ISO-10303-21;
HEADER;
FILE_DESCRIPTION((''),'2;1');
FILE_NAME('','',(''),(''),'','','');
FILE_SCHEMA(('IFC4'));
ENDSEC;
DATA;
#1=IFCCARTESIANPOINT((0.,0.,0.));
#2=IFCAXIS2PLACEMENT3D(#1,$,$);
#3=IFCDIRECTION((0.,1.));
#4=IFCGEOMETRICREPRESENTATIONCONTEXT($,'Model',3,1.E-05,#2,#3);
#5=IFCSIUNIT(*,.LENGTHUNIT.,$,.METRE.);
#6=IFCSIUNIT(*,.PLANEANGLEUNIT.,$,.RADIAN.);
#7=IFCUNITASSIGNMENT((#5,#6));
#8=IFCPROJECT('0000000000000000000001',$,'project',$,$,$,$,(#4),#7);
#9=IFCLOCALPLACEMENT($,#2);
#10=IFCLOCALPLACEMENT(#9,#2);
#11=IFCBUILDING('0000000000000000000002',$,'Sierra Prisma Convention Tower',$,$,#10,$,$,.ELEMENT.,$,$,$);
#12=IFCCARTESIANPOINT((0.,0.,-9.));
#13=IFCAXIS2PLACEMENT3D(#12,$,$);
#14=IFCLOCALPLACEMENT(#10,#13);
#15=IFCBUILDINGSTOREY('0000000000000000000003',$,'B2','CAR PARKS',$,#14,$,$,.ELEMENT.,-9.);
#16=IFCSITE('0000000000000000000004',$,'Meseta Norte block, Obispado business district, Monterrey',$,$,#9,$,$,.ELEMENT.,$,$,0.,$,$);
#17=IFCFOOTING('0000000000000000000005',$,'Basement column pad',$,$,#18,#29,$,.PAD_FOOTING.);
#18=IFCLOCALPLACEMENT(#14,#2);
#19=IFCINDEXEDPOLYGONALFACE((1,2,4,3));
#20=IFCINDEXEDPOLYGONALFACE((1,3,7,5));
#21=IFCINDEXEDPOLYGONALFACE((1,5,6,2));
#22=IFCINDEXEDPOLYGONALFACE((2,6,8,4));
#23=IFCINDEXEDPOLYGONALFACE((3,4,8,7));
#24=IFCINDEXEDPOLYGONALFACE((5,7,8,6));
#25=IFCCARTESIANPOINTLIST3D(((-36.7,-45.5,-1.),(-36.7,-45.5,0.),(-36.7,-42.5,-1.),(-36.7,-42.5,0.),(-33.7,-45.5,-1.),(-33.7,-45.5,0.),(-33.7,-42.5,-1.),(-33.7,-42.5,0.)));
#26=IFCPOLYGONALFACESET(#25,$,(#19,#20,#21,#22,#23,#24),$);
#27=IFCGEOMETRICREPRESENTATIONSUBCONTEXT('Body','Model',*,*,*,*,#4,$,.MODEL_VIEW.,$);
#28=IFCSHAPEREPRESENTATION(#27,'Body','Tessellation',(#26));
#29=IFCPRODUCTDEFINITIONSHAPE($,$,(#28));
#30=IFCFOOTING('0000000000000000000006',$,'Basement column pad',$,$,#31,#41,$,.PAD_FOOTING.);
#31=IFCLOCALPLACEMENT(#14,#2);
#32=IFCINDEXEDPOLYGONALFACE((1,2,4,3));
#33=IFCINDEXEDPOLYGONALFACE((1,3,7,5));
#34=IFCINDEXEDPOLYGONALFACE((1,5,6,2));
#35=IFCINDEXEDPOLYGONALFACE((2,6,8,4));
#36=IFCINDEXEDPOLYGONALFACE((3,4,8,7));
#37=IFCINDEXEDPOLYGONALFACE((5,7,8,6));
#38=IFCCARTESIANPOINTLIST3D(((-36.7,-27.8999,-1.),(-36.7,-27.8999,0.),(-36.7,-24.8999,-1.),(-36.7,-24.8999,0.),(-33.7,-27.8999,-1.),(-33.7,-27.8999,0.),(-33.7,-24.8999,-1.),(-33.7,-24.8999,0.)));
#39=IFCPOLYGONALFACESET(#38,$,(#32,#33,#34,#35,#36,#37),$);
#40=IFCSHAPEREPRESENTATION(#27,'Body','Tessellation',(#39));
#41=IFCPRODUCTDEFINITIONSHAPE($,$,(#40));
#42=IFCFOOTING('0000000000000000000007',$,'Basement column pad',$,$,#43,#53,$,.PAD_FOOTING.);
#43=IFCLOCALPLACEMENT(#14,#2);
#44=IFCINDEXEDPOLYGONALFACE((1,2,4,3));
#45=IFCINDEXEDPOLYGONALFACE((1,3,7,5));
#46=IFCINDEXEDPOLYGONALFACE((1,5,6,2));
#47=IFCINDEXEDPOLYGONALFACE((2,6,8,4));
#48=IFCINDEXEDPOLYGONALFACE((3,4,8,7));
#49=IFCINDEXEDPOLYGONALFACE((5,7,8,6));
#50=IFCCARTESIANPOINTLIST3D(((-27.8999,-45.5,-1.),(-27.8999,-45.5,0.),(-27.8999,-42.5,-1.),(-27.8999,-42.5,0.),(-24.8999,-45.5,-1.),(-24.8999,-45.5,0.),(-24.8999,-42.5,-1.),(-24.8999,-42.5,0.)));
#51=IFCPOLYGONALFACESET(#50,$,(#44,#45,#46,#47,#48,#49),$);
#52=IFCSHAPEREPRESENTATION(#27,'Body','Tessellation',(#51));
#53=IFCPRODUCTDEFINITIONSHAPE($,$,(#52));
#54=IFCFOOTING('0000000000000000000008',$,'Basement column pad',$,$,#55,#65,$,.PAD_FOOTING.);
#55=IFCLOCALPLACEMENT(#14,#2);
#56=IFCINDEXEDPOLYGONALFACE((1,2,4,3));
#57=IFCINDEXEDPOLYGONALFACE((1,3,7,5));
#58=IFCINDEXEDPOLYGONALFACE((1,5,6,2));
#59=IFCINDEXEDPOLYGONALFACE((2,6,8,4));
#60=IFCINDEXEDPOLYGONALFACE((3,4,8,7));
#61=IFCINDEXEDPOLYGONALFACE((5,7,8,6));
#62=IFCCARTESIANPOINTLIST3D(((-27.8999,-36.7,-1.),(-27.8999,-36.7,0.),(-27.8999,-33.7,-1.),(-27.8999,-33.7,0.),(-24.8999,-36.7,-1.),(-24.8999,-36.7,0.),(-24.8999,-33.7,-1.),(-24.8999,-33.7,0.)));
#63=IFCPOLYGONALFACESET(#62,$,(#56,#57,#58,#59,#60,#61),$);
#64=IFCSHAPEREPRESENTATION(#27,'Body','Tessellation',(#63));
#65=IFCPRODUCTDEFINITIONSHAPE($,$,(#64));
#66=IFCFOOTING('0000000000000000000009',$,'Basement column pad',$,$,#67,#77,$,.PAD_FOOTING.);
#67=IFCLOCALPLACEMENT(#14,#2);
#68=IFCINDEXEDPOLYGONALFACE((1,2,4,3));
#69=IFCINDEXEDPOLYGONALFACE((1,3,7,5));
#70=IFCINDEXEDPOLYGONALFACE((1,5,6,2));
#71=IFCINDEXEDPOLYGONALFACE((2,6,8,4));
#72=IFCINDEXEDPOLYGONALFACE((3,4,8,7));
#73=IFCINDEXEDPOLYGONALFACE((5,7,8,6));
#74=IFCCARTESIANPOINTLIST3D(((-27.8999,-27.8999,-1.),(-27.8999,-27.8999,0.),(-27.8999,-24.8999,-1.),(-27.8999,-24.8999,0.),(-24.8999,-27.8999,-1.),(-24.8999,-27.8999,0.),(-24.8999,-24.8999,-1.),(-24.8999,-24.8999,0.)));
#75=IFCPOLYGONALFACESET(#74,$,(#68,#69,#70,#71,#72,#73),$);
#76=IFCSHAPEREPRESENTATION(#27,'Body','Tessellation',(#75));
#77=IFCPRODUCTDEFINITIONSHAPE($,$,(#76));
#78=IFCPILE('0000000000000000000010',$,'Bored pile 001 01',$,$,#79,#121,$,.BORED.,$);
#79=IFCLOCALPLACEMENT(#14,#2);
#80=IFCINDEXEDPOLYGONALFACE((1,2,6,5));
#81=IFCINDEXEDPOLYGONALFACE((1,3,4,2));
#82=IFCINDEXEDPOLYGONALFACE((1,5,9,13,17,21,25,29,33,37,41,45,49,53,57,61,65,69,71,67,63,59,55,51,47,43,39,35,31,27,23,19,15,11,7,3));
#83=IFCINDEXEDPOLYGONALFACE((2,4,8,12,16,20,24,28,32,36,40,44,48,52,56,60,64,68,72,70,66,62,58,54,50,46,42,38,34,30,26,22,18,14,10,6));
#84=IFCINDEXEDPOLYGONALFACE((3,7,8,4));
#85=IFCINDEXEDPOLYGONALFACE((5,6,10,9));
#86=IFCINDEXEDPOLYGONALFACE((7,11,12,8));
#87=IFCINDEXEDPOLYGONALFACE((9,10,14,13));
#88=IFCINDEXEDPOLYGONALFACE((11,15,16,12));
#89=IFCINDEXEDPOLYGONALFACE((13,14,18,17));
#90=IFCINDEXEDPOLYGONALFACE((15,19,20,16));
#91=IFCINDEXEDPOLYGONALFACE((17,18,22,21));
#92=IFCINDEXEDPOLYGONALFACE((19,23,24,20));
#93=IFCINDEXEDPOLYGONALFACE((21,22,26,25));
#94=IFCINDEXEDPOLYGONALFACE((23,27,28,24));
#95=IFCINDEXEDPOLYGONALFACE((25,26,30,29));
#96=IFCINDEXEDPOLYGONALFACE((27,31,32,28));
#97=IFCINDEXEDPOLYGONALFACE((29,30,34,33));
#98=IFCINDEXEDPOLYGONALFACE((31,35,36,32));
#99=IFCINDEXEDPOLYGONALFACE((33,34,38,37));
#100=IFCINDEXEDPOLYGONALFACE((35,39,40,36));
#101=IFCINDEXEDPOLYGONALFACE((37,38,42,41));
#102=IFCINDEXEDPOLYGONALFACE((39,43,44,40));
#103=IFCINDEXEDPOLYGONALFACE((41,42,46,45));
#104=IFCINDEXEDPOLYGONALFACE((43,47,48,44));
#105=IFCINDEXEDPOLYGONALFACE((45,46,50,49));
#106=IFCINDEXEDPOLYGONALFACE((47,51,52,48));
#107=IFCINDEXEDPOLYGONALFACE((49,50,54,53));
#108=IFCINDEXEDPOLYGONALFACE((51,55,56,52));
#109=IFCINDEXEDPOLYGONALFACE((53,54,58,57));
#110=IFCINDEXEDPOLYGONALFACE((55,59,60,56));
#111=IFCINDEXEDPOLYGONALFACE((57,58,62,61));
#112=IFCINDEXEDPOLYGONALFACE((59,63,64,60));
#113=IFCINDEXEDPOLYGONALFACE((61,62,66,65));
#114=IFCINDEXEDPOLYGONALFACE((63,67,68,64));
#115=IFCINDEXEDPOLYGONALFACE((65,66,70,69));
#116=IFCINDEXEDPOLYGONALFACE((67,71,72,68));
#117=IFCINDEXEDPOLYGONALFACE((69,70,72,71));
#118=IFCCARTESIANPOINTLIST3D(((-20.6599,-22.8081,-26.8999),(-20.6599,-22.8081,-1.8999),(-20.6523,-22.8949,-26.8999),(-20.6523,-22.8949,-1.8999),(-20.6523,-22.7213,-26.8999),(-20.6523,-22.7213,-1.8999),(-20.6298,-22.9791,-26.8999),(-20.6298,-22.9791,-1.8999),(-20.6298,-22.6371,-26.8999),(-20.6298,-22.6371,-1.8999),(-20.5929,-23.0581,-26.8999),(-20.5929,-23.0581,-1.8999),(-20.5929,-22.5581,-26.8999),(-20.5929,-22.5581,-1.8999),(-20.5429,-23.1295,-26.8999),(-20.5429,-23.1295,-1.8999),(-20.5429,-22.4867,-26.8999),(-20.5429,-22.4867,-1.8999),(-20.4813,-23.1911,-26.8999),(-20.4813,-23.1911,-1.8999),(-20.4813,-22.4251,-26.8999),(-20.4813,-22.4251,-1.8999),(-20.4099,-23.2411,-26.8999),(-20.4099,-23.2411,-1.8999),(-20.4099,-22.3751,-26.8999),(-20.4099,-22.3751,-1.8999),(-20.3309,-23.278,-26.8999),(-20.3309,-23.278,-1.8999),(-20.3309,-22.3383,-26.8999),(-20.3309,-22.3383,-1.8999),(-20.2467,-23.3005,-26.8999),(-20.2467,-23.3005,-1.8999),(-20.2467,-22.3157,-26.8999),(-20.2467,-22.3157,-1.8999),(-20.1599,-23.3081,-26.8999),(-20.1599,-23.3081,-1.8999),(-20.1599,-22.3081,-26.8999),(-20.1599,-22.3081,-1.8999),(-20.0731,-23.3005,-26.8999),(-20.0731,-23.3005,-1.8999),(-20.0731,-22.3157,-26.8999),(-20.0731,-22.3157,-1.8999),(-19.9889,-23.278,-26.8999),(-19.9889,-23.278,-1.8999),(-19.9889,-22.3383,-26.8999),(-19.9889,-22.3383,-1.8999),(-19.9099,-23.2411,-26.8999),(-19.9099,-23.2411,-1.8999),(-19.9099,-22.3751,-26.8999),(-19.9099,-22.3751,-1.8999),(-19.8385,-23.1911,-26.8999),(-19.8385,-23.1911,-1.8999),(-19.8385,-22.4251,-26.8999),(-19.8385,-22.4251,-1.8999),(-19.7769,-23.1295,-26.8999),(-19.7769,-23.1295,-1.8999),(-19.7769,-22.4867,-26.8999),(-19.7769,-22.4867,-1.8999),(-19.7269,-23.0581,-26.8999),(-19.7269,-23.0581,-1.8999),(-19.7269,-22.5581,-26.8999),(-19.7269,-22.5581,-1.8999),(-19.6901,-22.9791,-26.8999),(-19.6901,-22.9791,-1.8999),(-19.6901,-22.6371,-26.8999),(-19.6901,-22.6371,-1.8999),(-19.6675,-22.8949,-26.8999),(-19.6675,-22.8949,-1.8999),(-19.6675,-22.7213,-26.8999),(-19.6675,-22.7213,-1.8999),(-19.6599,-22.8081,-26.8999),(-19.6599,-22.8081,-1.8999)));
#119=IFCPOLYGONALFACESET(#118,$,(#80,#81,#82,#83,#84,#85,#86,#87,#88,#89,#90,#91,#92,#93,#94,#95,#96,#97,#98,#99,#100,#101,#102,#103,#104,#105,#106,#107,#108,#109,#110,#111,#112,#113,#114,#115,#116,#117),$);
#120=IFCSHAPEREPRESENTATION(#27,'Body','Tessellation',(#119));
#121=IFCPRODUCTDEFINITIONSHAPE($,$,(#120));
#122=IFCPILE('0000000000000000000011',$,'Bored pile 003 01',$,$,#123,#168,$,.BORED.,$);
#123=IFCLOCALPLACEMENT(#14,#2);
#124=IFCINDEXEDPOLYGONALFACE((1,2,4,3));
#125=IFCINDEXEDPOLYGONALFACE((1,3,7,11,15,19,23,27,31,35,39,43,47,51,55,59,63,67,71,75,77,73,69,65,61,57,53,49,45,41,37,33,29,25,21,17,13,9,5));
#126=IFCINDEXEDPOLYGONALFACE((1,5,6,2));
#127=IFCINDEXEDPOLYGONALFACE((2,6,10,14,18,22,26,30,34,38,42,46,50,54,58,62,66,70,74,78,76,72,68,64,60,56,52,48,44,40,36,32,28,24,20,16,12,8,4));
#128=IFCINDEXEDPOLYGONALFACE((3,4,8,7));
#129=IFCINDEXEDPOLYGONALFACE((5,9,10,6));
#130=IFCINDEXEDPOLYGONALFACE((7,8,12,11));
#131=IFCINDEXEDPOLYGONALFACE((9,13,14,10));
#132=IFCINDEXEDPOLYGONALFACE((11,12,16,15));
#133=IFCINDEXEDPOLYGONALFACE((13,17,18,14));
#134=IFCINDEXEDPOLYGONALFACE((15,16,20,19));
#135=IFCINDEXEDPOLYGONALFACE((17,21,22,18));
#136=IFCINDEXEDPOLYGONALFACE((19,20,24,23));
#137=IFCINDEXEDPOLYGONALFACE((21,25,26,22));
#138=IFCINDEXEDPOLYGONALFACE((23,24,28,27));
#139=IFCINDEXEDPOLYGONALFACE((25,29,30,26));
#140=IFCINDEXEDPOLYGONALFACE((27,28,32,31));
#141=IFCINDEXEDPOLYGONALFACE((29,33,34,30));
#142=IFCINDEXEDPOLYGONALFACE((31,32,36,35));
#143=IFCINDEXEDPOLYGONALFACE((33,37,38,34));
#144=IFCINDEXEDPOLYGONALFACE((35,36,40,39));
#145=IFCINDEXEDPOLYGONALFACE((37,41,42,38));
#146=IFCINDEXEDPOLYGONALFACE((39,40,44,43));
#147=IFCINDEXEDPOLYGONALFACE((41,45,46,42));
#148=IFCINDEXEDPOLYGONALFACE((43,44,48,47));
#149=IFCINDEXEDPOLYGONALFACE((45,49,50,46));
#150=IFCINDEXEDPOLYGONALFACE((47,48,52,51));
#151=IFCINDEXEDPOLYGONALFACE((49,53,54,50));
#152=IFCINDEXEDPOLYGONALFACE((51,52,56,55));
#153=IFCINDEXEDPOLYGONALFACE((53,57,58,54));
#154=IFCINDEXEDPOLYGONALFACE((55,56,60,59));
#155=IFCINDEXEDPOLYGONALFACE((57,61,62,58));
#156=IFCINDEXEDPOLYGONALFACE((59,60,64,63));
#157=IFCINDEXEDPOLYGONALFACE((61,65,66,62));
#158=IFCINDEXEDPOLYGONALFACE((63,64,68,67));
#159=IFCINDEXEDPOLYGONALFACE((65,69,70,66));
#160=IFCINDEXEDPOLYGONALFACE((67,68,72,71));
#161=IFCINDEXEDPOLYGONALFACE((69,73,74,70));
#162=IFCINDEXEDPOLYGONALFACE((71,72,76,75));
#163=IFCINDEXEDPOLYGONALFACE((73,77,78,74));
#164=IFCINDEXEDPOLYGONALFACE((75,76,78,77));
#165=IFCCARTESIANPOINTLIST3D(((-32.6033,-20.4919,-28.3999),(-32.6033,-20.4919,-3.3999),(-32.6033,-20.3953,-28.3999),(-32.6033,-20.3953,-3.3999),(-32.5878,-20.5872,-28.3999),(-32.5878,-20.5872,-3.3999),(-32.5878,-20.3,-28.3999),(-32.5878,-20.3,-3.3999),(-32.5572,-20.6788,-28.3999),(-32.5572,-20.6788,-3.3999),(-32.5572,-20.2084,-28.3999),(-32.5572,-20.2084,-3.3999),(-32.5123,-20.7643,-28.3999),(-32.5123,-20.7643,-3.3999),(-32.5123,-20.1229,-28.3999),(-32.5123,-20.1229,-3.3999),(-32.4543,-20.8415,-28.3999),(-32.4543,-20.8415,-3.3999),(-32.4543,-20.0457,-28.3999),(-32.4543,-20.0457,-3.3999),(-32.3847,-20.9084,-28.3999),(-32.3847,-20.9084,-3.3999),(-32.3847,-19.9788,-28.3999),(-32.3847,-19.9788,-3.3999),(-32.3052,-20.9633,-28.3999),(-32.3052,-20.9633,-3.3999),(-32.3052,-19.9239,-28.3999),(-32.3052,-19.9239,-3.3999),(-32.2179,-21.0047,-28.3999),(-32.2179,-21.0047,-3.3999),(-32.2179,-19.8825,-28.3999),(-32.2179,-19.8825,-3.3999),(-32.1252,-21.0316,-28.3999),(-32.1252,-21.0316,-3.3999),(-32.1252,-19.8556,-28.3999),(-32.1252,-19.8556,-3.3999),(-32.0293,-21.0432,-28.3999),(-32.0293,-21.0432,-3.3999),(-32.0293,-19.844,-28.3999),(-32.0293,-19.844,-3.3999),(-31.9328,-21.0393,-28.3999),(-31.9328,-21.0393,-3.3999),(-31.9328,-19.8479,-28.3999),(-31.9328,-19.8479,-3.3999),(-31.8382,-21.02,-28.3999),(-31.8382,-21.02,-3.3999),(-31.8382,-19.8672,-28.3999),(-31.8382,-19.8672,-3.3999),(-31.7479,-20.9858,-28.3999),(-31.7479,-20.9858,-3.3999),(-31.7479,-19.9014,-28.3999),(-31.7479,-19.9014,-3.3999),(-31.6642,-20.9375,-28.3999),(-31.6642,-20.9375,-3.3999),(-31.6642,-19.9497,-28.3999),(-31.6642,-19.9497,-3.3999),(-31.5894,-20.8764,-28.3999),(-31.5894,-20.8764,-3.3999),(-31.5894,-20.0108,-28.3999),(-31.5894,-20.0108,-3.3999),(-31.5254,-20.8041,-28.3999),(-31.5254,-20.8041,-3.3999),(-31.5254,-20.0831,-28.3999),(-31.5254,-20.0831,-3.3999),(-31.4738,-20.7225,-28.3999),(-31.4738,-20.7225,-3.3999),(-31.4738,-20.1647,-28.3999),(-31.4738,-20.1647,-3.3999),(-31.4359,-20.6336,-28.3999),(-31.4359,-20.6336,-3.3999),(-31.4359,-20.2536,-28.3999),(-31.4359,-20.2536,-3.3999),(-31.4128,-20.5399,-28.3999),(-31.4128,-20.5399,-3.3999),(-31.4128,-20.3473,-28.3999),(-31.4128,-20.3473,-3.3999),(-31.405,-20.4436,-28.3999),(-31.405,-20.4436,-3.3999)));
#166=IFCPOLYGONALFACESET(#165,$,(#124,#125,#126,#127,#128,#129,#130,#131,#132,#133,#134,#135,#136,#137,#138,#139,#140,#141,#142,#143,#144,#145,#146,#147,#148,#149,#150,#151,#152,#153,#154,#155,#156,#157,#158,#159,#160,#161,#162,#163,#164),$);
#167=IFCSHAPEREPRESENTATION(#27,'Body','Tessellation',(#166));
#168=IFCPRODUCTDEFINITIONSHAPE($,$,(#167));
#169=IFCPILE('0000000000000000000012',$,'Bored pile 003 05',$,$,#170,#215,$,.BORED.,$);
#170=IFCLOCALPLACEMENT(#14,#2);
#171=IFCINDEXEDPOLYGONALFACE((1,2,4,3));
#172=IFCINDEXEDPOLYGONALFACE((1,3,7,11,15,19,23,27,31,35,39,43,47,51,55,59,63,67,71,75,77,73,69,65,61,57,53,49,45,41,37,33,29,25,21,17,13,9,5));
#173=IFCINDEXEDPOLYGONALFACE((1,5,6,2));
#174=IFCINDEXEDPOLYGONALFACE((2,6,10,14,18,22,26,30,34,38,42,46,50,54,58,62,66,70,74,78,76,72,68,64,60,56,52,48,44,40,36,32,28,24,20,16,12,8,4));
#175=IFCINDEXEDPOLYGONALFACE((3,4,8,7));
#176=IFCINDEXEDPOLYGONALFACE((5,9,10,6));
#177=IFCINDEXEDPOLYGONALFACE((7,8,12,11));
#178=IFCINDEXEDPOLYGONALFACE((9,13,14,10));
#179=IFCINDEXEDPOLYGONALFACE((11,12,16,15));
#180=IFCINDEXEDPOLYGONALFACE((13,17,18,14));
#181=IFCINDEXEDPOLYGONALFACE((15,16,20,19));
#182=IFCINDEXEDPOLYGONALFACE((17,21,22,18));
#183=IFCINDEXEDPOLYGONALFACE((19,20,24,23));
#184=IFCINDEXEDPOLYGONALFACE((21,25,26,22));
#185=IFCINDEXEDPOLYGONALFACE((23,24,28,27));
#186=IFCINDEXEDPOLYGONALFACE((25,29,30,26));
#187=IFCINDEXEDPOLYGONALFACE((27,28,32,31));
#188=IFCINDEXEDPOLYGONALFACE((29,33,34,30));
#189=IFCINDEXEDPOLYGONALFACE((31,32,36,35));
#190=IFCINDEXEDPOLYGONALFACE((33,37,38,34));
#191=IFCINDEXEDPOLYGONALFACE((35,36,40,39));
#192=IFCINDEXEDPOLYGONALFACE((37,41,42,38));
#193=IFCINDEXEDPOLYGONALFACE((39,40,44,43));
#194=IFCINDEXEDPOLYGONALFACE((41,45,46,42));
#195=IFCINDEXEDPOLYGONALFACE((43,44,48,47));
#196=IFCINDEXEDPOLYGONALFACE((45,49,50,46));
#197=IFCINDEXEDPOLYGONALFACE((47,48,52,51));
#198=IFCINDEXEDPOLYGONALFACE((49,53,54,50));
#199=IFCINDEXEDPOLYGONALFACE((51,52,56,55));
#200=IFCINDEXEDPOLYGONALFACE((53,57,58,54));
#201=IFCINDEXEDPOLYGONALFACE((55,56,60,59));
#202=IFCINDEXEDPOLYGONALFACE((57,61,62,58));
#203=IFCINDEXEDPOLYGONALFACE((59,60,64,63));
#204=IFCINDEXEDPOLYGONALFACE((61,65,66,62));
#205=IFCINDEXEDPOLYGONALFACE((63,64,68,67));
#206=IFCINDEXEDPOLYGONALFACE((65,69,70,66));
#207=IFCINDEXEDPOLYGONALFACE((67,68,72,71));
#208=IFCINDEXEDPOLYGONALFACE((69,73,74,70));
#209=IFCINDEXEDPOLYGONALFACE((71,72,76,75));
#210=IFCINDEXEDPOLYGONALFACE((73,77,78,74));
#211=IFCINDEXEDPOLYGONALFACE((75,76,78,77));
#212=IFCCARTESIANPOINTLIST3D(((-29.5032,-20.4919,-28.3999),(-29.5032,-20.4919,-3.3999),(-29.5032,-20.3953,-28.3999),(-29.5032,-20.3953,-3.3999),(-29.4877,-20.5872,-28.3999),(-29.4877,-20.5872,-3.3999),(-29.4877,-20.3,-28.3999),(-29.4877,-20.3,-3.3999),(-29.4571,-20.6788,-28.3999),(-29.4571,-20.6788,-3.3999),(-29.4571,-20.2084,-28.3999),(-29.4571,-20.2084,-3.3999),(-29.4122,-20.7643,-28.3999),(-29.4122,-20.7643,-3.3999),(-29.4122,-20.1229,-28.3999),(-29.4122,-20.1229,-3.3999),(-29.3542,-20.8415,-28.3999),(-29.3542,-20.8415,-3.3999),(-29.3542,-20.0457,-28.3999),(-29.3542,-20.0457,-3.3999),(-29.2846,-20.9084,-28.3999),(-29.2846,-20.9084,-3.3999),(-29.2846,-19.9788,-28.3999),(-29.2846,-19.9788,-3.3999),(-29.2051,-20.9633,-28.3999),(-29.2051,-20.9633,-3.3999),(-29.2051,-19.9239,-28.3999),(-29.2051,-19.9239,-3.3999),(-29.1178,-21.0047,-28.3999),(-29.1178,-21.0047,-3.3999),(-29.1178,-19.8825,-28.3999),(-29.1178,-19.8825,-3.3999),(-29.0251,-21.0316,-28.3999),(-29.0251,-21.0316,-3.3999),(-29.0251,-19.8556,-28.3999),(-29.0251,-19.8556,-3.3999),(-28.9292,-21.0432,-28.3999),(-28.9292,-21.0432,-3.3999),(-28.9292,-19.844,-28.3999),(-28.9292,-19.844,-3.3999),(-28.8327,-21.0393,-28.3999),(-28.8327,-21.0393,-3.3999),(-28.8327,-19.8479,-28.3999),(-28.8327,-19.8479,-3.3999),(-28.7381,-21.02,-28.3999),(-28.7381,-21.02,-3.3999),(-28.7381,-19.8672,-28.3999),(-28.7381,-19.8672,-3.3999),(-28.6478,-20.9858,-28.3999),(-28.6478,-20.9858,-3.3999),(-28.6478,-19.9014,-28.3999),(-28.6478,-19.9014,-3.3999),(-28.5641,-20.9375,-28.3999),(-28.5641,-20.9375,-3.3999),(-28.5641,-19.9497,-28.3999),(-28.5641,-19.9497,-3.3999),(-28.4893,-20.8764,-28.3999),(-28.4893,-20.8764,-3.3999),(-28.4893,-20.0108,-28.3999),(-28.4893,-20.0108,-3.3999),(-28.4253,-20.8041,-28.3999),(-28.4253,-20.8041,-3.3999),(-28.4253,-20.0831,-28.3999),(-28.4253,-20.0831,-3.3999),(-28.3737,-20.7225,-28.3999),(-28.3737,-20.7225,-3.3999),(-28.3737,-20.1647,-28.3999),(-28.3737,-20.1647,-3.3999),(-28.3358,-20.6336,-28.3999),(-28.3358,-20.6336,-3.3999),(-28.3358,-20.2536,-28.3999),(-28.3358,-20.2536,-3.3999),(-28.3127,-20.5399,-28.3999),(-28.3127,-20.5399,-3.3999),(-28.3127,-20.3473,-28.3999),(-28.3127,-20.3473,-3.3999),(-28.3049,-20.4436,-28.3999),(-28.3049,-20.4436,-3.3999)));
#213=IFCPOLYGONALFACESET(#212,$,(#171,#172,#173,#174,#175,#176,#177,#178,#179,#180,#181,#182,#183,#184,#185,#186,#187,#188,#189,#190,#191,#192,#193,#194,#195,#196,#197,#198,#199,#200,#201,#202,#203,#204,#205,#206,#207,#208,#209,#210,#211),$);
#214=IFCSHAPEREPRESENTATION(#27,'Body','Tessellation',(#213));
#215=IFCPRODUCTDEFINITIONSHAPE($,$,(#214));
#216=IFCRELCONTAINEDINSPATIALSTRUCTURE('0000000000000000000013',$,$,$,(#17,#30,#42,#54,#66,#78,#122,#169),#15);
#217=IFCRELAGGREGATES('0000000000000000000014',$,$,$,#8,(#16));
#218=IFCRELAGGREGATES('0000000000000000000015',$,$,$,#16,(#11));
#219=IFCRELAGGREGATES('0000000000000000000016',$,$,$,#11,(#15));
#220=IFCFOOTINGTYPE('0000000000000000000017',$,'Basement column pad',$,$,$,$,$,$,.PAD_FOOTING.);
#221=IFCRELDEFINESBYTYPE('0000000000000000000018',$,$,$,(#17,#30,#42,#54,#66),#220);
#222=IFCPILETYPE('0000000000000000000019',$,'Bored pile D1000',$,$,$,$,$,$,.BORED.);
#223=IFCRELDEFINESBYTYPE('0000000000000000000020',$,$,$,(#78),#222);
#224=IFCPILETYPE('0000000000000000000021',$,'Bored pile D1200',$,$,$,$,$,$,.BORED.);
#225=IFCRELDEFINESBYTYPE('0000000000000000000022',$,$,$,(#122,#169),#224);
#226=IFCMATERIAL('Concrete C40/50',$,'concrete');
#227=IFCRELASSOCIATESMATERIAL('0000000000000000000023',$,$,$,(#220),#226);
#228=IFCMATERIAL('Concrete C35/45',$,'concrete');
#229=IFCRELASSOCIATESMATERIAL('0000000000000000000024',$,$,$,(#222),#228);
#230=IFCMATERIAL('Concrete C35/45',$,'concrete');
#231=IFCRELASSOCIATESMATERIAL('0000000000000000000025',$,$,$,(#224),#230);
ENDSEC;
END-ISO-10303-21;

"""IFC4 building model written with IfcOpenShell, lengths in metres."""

from ifc_helpers import new_model, si_unit, direction, frame, origin, origin_2d, place, context, subcontext, project, spatial, rectangle, circle, extrude, material, material_profile, profile_set, type_object, element, save


model = new_model("IFC4")

# Units and contexts
model_context = context("Model", 3, precision=1e-05, world=origin(), true_north=direction((0.0, 1.0)))
body_context = subcontext(model_context, "Body", "Model", "MODEL_VIEW")
ifc_project = project(units=[si_unit("LENGTHUNIT", "METRE"), si_unit("PLANEANGLEUNIT", "RADIAN")], contexts=[model_context])

# Site, building, storey
site_placement = place(None, origin())
site = spatial("IfcSite", under=ifc_project, at=site_placement, Name="Meseta Norte block, Obispado business district, Monterrey", CompositionType="ELEMENT", RefElevation=0.0)
building_placement = place(site_placement, origin())
building = spatial("IfcBuilding", under=site, at=building_placement, Name="Sierra Prisma Convention Tower", CompositionType="ELEMENT")
storey_placement = place(building_placement, frame((0.0, 0.0, -9.0)))
storey = spatial("IfcBuildingStorey", under=building, at=storey_placement, Name="B2", Description="CAR PARKS", CompositionType="ELEMENT", Elevation=-9.0)

# Footings
ifc_material_1 = material(Name="Concrete C40/50", Category="concrete")
footing_type_1 = type_object("IfcFootingType", Name="Basement column pad", PredefinedType="PAD_FOOTING", material=ifc_material_1)
for number, where, z_axis, x_axis, name in (
    (1, (-35.2, -44.0, -1.0), (0.0, 0.0, 1.0), (1.0, 0.0, 0.0), "Basement column pad"),
    (2, (-35.2, -26.3999, -1.0), (0.0, 0.0, 1.0), (1.0, 0.0, 0.0), "Basement column pad"),
    (3, (-26.3999, -44.0, -1.0), (0.0, 0.0, 1.0), (1.0, 0.0, 0.0), "Basement column pad"),
    (4, (-26.3999, -35.2, -1.0), (0.0, 0.0, 1.0), (1.0, 0.0, 0.0), "Basement column pad"),
    (5, (-26.3999, -26.3999, -1.0), (0.0, 0.0, 1.0), (1.0, 0.0, 0.0), "Basement column pad"),
):
    element("IfcFooting", number, at=place(storey_placement, frame(where, z_axis=z_axis, x_axis=x_axis)), inside=storey, type_object=footing_type_1, Name=name, PredefinedType="PAD_FOOTING", context=body_context, shape_type="SweptSolid", body=[
        extrude(rectangle(XDim=3.0, YDim=3.0, at=origin_2d()), origin(), (0.0, 0.0, 1.0), 1.0),
    ])

# Piles
ifc_material_2 = material(Name="Concrete C35/45", Category="concrete")
ifc_material_profile_1 = material_profile(ifc_material_2, circle(Radius=0.5, at=origin_2d()), Name="D1000")
ifc_profile_set_1 = profile_set([ifc_material_profile_1], Name="Concrete C35/45")
pile_type_1 = type_object("IfcPileType", Name="Bored pile D1000", PredefinedType="BORED", material=ifc_profile_set_1)
pile_placement = place(storey_placement, frame((-20.1599, -22.8081, -1.8999), z_axis=(0.0, 0.0, -1.0), x_axis=(1.0, 0.0, 0.0)))
element("IfcPile", 6, at=pile_placement, inside=storey, type_object=pile_type_1, Name="Bored pile 001 01", PredefinedType="BORED", context=body_context, shape_type="SweptSolid", body=[
    extrude(circle(Radius=0.5, at=origin_2d()), origin(), (0.0, 0.0, 1.0), 25.0),
])
ifc_material_3 = material(Name="Concrete C35/45", Category="concrete")
ifc_material_profile_2 = material_profile(ifc_material_3, circle(Radius=0.6001, at=origin_2d()), Name="D1200")
ifc_profile_set_2 = profile_set([ifc_material_profile_2], Name="Concrete C35/45")
pile_type_2 = type_object("IfcPileType", Name="Bored pile D1200", PredefinedType="BORED", material=ifc_profile_set_2)
for number, where, z_axis, x_axis, name in (
    (7, (-32.0051, -20.4436, -3.3999), (0.0, 0.0, -1.0), (1.0, 0.0, 0.0), "Bored pile 003 01"),
    (8, (-28.905, -20.4436, -3.3999), (0.0, 0.0, -1.0), (1.0, 0.0, 0.0), "Bored pile 003 05"),
):
    element("IfcPile", number, at=place(storey_placement, frame(where, z_axis=z_axis, x_axis=x_axis)), inside=storey, type_object=pile_type_2, Name=name, PredefinedType="BORED", context=body_context, shape_type="SweptSolid", body=[
        extrude(circle(Radius=0.6001, at=origin_2d()), origin(), (0.0, 0.0, 1.0), 25.0),
    ])

save(model, "model.ifc")
